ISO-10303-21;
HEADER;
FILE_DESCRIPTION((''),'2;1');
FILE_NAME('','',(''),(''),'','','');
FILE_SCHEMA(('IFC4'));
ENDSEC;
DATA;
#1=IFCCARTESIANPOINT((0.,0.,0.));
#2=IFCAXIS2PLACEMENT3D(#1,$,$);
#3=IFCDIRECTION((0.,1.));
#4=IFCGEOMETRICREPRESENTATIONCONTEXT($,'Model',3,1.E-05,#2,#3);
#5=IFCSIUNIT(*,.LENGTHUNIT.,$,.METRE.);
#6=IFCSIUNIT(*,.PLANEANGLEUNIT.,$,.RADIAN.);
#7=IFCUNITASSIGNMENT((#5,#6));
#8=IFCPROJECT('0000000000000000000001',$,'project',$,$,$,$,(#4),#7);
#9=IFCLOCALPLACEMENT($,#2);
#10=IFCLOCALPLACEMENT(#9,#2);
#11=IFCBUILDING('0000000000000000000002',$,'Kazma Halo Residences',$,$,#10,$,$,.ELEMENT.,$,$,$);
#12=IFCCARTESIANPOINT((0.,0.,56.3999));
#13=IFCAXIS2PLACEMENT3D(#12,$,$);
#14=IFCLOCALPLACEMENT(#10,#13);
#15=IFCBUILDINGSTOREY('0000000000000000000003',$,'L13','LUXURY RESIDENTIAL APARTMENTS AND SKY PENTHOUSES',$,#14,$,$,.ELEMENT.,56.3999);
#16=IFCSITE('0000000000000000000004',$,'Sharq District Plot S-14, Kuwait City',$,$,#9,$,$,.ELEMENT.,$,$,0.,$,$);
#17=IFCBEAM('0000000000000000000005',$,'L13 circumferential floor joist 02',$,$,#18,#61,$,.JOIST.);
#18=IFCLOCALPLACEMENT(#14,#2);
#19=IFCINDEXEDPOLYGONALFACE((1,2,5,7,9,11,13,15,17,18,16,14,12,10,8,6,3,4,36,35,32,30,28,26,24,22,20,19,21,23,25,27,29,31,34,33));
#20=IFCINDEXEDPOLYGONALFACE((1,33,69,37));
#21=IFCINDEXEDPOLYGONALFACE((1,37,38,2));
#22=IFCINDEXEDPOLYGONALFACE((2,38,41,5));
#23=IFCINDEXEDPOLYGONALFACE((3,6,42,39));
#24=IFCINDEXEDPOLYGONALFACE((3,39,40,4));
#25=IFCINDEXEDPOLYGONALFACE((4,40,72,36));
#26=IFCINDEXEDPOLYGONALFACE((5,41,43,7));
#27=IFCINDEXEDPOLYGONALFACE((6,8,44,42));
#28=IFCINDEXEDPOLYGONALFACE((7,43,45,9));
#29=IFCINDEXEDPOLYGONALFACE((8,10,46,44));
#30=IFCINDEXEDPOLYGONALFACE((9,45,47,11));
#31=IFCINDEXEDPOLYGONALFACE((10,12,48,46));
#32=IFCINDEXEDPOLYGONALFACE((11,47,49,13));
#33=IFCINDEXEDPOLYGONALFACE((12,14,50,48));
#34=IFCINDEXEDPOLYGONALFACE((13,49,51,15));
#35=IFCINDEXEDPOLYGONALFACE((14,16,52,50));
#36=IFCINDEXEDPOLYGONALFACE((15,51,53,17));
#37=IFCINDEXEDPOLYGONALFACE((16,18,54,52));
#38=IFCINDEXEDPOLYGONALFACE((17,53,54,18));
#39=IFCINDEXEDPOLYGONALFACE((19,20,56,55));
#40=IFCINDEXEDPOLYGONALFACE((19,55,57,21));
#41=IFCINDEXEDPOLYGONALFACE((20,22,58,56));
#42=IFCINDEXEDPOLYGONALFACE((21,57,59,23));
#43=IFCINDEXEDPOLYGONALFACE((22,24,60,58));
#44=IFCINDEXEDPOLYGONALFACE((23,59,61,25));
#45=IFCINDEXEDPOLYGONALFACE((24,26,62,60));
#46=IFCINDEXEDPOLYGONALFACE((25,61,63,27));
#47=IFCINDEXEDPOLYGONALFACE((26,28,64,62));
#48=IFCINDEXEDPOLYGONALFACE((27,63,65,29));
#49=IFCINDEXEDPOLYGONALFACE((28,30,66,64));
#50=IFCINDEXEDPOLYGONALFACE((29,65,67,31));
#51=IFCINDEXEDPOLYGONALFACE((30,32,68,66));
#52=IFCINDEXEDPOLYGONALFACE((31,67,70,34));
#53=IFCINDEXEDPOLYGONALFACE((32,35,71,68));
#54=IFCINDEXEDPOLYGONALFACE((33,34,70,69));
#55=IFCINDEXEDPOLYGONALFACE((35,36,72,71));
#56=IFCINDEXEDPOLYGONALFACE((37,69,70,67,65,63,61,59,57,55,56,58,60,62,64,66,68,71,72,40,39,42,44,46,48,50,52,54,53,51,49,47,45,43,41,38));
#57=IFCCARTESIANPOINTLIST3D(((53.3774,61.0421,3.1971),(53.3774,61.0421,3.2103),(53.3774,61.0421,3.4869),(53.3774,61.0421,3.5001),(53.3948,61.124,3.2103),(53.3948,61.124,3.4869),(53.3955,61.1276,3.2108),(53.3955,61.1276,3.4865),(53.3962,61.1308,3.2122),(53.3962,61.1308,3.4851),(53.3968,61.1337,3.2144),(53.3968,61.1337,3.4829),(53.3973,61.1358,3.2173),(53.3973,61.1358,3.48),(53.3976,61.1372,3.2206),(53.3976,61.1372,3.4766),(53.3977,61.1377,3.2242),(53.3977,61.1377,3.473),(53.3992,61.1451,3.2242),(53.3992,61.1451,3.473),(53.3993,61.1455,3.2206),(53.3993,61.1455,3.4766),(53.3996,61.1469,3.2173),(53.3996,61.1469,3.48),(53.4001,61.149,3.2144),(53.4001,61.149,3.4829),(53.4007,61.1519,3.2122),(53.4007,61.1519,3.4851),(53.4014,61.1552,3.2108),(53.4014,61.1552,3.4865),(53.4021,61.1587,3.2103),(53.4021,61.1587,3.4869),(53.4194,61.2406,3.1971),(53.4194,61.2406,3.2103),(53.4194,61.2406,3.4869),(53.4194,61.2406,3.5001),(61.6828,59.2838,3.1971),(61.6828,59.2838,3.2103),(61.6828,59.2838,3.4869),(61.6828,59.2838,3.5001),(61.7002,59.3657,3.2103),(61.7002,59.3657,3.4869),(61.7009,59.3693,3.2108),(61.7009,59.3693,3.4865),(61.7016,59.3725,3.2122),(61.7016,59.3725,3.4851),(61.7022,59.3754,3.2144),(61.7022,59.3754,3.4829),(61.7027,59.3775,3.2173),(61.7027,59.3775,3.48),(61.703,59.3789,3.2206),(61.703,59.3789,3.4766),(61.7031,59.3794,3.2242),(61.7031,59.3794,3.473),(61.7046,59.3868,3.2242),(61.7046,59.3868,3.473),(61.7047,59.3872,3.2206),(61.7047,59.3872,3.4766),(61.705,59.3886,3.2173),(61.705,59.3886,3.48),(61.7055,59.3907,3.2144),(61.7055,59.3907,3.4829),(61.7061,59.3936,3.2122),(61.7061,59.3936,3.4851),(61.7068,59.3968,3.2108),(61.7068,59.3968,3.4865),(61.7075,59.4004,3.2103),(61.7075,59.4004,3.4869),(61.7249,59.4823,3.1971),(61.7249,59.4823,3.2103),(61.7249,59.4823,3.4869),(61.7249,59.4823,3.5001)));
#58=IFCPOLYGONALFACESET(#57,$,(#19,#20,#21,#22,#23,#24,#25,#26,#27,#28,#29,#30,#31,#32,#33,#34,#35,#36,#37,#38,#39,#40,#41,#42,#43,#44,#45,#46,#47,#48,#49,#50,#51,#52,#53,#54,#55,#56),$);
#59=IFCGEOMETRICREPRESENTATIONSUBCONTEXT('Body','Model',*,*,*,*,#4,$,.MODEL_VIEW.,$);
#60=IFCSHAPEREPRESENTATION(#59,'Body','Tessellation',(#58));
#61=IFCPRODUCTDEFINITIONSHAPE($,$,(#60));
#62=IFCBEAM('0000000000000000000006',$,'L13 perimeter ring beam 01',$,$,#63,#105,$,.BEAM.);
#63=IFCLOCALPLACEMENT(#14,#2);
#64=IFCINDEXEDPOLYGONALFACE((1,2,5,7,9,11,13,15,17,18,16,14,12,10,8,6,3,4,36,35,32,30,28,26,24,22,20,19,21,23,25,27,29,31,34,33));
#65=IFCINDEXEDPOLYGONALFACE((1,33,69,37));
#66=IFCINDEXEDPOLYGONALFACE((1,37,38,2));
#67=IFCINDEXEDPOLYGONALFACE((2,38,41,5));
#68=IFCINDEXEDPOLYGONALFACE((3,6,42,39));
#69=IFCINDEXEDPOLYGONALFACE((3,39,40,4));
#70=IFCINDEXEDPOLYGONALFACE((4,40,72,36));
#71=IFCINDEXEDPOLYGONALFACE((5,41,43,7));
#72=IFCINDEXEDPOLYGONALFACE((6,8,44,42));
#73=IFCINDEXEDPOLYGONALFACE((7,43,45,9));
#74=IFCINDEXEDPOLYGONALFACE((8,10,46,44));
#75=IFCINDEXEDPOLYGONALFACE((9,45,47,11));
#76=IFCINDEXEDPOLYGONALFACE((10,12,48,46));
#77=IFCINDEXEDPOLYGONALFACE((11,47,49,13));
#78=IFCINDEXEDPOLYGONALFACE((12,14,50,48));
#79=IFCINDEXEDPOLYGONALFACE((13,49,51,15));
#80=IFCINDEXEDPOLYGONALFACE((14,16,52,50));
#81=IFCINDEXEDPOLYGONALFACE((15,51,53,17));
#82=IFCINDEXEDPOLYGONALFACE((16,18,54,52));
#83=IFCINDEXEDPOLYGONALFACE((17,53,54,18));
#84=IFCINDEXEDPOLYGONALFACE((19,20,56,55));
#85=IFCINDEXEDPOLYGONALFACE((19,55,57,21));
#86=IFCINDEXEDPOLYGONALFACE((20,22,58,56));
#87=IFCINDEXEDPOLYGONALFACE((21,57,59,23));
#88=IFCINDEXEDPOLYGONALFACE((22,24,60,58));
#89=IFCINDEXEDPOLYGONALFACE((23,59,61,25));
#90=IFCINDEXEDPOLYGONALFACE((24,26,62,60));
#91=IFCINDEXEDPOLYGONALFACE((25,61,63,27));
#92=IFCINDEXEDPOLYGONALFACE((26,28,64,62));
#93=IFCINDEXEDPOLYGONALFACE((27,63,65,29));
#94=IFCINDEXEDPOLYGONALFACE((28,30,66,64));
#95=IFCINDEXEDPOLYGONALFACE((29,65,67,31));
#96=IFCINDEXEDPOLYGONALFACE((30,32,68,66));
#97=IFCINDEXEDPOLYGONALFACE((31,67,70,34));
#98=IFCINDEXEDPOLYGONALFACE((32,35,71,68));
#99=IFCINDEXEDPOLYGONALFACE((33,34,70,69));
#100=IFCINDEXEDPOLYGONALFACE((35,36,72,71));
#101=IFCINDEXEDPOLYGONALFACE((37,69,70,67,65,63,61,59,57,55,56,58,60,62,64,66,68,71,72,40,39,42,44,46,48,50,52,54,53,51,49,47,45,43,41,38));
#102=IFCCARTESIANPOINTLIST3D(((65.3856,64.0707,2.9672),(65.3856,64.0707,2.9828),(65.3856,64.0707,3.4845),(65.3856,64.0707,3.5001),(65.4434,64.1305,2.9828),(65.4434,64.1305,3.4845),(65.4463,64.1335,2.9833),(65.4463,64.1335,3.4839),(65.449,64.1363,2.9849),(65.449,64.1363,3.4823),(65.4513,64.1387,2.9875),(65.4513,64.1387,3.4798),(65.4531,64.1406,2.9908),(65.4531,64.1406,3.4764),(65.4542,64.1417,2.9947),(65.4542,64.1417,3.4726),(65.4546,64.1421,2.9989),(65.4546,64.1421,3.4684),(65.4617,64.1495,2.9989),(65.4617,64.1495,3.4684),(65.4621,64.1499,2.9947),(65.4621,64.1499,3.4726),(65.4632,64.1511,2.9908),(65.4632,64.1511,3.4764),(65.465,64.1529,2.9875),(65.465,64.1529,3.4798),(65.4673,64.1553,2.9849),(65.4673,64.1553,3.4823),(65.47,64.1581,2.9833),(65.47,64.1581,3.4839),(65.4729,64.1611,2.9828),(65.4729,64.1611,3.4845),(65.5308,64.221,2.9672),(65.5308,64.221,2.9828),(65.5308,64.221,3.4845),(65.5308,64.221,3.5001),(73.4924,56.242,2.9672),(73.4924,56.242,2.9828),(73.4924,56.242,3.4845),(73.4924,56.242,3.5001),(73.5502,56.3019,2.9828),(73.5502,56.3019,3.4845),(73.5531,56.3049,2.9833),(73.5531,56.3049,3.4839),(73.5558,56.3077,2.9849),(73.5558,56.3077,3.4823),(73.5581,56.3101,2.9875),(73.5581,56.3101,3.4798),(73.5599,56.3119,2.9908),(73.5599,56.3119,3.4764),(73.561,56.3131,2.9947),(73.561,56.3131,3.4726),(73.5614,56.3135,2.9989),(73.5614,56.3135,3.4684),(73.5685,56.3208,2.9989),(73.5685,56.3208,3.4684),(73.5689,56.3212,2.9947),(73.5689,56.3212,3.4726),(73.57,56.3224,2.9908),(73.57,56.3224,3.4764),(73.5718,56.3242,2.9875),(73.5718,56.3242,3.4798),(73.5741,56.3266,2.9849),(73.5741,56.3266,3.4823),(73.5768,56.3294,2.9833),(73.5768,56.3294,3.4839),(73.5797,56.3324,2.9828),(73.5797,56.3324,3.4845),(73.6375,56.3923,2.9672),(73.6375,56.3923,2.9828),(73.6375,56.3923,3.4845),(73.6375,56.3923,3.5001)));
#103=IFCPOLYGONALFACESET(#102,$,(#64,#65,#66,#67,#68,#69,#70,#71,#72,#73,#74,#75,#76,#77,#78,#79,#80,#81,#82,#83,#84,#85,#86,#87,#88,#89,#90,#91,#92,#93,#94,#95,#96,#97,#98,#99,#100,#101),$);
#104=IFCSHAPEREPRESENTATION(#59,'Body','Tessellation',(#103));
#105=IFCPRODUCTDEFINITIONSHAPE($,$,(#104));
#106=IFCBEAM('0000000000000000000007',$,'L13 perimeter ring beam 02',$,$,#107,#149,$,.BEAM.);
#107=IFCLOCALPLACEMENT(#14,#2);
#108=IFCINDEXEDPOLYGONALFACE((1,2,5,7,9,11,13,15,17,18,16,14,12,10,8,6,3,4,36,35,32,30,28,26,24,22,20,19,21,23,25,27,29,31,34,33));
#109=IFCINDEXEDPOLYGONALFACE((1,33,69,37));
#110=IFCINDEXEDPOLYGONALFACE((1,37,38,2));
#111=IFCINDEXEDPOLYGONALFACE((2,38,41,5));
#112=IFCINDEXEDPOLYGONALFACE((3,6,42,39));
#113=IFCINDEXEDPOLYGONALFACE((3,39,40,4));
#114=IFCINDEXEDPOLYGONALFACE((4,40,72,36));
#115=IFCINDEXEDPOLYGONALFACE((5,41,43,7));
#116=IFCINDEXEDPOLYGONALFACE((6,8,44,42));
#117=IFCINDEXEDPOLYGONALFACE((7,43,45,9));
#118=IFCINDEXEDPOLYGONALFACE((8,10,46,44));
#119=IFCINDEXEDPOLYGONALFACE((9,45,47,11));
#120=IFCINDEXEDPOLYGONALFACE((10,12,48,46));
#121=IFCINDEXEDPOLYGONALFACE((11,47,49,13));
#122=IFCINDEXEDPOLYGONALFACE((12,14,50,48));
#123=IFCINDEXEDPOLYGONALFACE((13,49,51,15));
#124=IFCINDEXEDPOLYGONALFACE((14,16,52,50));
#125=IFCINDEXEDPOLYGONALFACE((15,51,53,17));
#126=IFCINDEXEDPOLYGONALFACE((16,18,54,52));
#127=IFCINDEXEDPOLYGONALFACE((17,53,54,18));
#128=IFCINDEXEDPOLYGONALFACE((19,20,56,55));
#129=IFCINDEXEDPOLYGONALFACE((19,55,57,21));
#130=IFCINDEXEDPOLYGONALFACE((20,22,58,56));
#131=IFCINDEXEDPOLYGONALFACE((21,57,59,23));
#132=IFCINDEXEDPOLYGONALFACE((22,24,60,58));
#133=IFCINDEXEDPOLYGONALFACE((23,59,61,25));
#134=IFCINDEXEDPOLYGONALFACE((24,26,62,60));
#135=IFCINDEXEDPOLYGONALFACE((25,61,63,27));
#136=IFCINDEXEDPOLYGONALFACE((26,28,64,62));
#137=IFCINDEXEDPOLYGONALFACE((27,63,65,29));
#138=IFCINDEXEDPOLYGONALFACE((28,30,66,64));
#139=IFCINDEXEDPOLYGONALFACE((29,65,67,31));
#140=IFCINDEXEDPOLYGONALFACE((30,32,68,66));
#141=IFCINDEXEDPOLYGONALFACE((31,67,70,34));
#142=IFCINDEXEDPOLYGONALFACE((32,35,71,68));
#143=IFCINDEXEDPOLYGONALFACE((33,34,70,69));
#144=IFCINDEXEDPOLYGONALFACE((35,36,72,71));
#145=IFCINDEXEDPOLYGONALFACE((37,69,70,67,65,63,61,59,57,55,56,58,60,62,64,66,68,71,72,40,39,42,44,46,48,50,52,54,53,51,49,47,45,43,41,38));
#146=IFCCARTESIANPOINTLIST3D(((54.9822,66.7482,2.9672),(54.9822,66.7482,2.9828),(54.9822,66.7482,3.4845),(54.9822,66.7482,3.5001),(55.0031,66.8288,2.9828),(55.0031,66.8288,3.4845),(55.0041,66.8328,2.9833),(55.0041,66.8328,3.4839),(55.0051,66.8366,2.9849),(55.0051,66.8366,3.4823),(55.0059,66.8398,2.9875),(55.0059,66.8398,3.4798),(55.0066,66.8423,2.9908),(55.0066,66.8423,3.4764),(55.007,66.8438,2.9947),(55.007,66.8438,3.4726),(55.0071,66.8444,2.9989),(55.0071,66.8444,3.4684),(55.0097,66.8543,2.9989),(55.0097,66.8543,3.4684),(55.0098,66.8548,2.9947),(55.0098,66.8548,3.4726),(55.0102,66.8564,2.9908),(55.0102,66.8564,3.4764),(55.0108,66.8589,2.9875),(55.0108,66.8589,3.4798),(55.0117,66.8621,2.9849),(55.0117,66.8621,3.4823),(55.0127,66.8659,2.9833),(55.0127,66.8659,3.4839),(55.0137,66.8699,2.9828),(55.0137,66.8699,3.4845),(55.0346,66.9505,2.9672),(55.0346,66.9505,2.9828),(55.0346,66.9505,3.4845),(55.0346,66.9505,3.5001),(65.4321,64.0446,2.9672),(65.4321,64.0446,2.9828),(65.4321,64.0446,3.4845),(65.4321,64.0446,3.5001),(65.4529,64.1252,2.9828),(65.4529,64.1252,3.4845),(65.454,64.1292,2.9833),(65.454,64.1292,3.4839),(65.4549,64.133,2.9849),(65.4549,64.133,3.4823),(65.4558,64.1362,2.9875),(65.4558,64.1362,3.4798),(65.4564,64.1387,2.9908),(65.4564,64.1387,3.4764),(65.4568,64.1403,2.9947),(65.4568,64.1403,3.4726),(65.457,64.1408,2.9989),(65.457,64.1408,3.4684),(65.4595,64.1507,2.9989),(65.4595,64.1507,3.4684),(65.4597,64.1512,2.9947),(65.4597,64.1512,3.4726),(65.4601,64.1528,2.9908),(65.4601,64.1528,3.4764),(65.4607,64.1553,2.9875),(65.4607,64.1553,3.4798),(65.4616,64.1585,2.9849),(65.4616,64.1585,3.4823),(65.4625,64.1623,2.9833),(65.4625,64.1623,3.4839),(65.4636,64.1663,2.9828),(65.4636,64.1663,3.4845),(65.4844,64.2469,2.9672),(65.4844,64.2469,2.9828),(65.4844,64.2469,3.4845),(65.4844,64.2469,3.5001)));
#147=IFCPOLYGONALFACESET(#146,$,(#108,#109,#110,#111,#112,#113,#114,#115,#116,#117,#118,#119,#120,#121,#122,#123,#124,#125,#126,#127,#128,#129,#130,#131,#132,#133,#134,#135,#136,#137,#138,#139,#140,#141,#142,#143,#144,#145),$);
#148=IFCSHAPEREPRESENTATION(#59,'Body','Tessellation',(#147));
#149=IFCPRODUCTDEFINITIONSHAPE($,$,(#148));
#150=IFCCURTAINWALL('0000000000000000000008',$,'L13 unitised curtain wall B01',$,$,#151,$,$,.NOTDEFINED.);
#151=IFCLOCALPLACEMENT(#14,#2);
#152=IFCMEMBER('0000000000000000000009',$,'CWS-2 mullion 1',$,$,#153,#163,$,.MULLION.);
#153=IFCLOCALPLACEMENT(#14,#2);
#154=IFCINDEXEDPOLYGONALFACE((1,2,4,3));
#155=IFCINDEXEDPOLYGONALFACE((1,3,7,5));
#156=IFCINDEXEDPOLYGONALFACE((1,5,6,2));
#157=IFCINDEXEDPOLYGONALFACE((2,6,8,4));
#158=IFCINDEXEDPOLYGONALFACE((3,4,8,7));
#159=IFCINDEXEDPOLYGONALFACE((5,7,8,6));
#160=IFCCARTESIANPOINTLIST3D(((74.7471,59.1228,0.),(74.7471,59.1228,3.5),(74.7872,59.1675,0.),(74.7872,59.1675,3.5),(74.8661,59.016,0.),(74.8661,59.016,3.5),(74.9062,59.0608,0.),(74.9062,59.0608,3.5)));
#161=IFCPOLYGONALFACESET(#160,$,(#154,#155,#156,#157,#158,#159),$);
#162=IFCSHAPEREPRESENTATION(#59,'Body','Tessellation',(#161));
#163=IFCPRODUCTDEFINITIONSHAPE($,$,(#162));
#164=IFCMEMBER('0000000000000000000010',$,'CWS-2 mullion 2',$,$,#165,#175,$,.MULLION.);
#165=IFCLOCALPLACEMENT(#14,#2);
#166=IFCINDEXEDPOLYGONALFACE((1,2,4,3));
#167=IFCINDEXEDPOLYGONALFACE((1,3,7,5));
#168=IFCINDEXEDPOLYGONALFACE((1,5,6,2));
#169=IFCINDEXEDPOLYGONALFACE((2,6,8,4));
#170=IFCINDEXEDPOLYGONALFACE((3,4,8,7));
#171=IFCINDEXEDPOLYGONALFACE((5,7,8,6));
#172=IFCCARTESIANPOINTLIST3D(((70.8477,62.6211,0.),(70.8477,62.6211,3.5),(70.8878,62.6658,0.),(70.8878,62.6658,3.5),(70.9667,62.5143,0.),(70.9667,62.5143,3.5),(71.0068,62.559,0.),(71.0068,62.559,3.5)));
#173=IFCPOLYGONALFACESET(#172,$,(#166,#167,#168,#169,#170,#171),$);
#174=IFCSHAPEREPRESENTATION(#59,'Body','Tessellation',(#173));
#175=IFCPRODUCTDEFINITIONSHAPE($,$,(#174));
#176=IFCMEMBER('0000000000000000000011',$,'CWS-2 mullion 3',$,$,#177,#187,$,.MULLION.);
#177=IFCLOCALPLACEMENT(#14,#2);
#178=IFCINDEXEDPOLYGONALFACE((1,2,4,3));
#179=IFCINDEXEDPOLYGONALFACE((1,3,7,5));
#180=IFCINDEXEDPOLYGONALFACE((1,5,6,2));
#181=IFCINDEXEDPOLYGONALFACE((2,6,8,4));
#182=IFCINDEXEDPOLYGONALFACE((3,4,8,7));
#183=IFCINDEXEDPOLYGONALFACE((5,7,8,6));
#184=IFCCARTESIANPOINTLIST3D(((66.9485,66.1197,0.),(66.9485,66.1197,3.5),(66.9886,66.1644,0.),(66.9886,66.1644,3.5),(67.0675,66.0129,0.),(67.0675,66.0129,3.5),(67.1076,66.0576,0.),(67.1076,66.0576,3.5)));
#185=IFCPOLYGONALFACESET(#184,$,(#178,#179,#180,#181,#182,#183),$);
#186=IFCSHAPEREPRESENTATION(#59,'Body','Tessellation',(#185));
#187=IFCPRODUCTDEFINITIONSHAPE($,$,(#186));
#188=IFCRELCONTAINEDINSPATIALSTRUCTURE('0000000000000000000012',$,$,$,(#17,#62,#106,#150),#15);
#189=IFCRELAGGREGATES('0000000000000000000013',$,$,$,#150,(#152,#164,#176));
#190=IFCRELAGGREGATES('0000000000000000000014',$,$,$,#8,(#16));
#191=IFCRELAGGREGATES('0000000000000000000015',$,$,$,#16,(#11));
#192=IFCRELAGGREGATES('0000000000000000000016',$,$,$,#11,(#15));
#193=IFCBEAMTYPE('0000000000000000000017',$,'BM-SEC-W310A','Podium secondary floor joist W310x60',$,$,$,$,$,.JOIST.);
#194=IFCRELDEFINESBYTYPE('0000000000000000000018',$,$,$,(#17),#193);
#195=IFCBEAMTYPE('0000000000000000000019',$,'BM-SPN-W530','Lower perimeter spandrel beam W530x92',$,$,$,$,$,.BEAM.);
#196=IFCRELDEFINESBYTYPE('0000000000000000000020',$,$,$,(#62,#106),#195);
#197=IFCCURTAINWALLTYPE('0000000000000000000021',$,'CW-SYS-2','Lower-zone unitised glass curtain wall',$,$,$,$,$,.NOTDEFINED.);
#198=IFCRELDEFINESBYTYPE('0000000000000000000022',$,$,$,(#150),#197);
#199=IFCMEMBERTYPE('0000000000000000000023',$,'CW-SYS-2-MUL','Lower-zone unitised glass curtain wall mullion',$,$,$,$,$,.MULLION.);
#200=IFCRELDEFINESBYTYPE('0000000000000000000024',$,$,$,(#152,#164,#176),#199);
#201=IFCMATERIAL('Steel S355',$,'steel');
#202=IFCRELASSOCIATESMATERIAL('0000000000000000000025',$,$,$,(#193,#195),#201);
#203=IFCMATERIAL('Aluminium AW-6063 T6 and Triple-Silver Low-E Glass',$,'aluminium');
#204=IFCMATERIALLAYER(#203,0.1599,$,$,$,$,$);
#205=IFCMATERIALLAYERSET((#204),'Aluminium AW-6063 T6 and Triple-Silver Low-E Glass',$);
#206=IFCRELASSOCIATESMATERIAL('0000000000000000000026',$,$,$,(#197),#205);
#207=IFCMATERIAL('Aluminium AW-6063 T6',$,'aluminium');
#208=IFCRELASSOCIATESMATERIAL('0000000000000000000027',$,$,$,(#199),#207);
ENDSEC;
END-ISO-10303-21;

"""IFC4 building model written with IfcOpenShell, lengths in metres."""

from ifc_helpers import new_model, si_unit, direction, frame, origin, origin_2d, place, context, subcontext, project, spatial, rectangle, i_section, extrude, material, layer, layer_set, material_profile, profile_set, type_object, element, aggregate, save


model = new_model("IFC4")

# Units and contexts
model_context = context("Model", 3, precision=1e-05, world=origin(), true_north=direction((0.0, 1.0)))
body_context = subcontext(model_context, "Body", "Model", "MODEL_VIEW")
ifc_project = project(units=[si_unit("LENGTHUNIT", "METRE"), si_unit("PLANEANGLEUNIT", "RADIAN")], contexts=[model_context])

# Site, building, storey
site_placement = place(None, origin())
site = spatial("IfcSite", under=ifc_project, at=site_placement, Name="Sharq District Plot S-14, Kuwait City", CompositionType="ELEMENT", RefElevation=0.0)
building_placement = place(site_placement, origin())
building = spatial("IfcBuilding", under=site, at=building_placement, Name="Kazma Halo Residences", CompositionType="ELEMENT")
storey_placement = place(building_placement, frame((0.0, 0.0, 56.3999)))
storey = spatial("IfcBuildingStorey", under=building, at=storey_placement, Name="L13", Description="LUXURY RESIDENTIAL APARTMENTS AND SKY PENTHOUSES", CompositionType="ELEMENT", Elevation=56.3999)

# Beams
ifc_material_1 = material(Name="Steel S355", Category="steel")
ifc_material_profile_1 = material_profile(ifc_material_1, i_section(OverallWidth=0.2029, OverallDepth=0.303, WebThickness=0.0076, FlangeThickness=0.0132, FilletRadius=0.0139, at=origin_2d()), Name="W310x60")
ifc_profile_set_1 = profile_set([ifc_material_profile_1], Name="Steel S355")
beam_type_1 = type_object("IfcBeamType", Name="BM-SEC-W310A", Description="Podium secondary floor joist W310x60", PredefinedType="JOIST", material=ifc_profile_set_1)
beam_1_placement = place(storey_placement, frame((61.7039, 59.3831, 3.3486), z_axis=(-0.978317, 0.207115, 0.0), x_axis=(-0.207115, -0.978317, 0.0)))
element("IfcBeam", 1, at=beam_1_placement, inside=storey, type_object=beam_type_1, Name="L13 circumferential floor joist 02", PredefinedType="JOIST", context=body_context, shape_type="SweptSolid", body=[
    extrude(i_section(OverallWidth=0.2029, OverallDepth=0.303, WebThickness=0.0076, FlangeThickness=0.0132, FilletRadius=0.0139, at=origin_2d()), origin(), (0.0, 0.0, 1.0), 8.4895),
])
ifc_material_profile_2 = material_profile(ifc_material_1, i_section(OverallWidth=0.209, OverallDepth=0.533, WebThickness=0.0103, FlangeThickness=0.0156, FilletRadius=0.0161, at=origin_2d()), Name="W530x92")
ifc_profile_set_2 = profile_set([ifc_material_profile_2], Name="Steel S355")
beam_type_2 = type_object("IfcBeamType", Name="BM-SPN-W530", Description="Lower perimeter spandrel beam W530x92", PredefinedType="BEAM", material=ifc_profile_set_2)
beam_2_placement = place(storey_placement, frame((73.5649, 56.3171, 3.2336), z_axis=(-0.719337, 0.694662, 0.0), x_axis=(-0.694662, -0.719337, 0.0)))
element("IfcBeam", 2, at=beam_2_placement, inside=storey, type_object=beam_type_2, Name="L13 perimeter ring beam 01", PredefinedType="BEAM", context=body_context, shape_type="SweptSolid", body=[
    extrude(i_section(OverallWidth=0.209, OverallDepth=0.533, WebThickness=0.0103, FlangeThickness=0.0156, FilletRadius=0.0161, at=origin_2d()), origin(), (0.0, 0.0, 1.0), 11.2698),
])
beam_3_placement = place(storey_placement, frame((65.4583, 64.1458, 3.2336), z_axis=(-0.968124, 0.250473, 0.0), x_axis=(-0.250473, -0.968124, 0.0)))
element("IfcBeam", 3, at=beam_3_placement, inside=storey, type_object=beam_type_2, Name="L13 perimeter ring beam 02", PredefinedType="BEAM", context=body_context, shape_type="SweptSolid", body=[
    extrude(i_section(OverallWidth=0.209, OverallDepth=0.533, WebThickness=0.0103, FlangeThickness=0.0156, FilletRadius=0.0161, at=origin_2d()), origin(), (0.0, 0.0, 1.0), 10.7939),
])

# Curtain wall, members
ifc_material_2 = material(Name="Aluminium AW-6063 T6 and Triple-Silver Low-E Glass", Category="aluminium")
ifc_layer_1 = layer(ifc_material_2, 0.1599)
ifc_layer_set_1 = layer_set([ifc_layer_1], Name="Aluminium AW-6063 T6 and Triple-Silver Low-E Glass")
curtain_wall_type = type_object("IfcCurtainWallType", Name="CW-SYS-2", Description="Lower-zone unitised glass curtain wall", PredefinedType="NOTDEFINED", material=ifc_layer_set_1)
curtain_wall_1_placement = place(storey_placement, origin())
curtain_wall_1 = element("IfcCurtainWall", 4, at=curtain_wall_1_placement, inside=storey, type_object=curtain_wall_type, Name="L13 unitised curtain wall B01", PredefinedType="NOTDEFINED")
ifc_material_3 = material(Name="Aluminium AW-6063 T6", Category="aluminium")
ifc_material_profile_3 = material_profile(ifc_material_3, rectangle(XDim=0.0601, YDim=0.1599, at=origin_2d()), Name="CWM-60x160")
ifc_profile_set_3 = profile_set([ifc_material_profile_3], Name="Aluminium AW-6063 T6")
member_type_1 = type_object("IfcMemberType", Name="CW-SYS-2-MUL", Description="Lower-zone unitised glass curtain wall mullion", PredefinedType="MULLION", material=ifc_profile_set_3)
member_1_placement = place(storey_placement, frame((74.8267, 59.0918, 0.0), z_axis=(0.0, 0.0, 1.0), x_axis=(-0.667821, -0.744322, 0.0)))
member_1 = element("IfcMember", 5, at=member_1_placement, type_object=member_type_1, Name="CWS-2 mullion 1", PredefinedType="MULLION", context=body_context, shape_type="SweptSolid", body=[
    extrude(rectangle(XDim=0.0601, YDim=0.1599, at=origin_2d()), origin(), (0.0, 0.0, 1.0), 3.5),
])
member_2_placement = place(storey_placement, frame((70.9272, 62.5901, 0.0), z_axis=(0.0, 0.0, 1.0), x_axis=(-0.667821, -0.744322, 0.0)))
member_2 = element("IfcMember", 6, at=member_2_placement, type_object=member_type_1, Name="CWS-2 mullion 2", PredefinedType="MULLION", context=body_context, shape_type="SweptSolid", body=[
    extrude(rectangle(XDim=0.0601, YDim=0.1599, at=origin_2d()), origin(), (0.0, 0.0, 1.0), 3.5),
])
member_3_placement = place(storey_placement, frame((67.0281, 66.0886, 0.0), z_axis=(0.0, 0.0, 1.0), x_axis=(-0.667821, -0.744322, 0.0)))
member_3 = element("IfcMember", 7, at=member_3_placement, type_object=member_type_1, Name="CWS-2 mullion 3", PredefinedType="MULLION", context=body_context, shape_type="SweptSolid", body=[
    extrude(rectangle(XDim=0.0601, YDim=0.1599, at=origin_2d()), origin(), (0.0, 0.0, 1.0), 3.5),
])

aggregate(curtain_wall_1, [member_1, member_2, member_3])

save(model, "model.ifc")
